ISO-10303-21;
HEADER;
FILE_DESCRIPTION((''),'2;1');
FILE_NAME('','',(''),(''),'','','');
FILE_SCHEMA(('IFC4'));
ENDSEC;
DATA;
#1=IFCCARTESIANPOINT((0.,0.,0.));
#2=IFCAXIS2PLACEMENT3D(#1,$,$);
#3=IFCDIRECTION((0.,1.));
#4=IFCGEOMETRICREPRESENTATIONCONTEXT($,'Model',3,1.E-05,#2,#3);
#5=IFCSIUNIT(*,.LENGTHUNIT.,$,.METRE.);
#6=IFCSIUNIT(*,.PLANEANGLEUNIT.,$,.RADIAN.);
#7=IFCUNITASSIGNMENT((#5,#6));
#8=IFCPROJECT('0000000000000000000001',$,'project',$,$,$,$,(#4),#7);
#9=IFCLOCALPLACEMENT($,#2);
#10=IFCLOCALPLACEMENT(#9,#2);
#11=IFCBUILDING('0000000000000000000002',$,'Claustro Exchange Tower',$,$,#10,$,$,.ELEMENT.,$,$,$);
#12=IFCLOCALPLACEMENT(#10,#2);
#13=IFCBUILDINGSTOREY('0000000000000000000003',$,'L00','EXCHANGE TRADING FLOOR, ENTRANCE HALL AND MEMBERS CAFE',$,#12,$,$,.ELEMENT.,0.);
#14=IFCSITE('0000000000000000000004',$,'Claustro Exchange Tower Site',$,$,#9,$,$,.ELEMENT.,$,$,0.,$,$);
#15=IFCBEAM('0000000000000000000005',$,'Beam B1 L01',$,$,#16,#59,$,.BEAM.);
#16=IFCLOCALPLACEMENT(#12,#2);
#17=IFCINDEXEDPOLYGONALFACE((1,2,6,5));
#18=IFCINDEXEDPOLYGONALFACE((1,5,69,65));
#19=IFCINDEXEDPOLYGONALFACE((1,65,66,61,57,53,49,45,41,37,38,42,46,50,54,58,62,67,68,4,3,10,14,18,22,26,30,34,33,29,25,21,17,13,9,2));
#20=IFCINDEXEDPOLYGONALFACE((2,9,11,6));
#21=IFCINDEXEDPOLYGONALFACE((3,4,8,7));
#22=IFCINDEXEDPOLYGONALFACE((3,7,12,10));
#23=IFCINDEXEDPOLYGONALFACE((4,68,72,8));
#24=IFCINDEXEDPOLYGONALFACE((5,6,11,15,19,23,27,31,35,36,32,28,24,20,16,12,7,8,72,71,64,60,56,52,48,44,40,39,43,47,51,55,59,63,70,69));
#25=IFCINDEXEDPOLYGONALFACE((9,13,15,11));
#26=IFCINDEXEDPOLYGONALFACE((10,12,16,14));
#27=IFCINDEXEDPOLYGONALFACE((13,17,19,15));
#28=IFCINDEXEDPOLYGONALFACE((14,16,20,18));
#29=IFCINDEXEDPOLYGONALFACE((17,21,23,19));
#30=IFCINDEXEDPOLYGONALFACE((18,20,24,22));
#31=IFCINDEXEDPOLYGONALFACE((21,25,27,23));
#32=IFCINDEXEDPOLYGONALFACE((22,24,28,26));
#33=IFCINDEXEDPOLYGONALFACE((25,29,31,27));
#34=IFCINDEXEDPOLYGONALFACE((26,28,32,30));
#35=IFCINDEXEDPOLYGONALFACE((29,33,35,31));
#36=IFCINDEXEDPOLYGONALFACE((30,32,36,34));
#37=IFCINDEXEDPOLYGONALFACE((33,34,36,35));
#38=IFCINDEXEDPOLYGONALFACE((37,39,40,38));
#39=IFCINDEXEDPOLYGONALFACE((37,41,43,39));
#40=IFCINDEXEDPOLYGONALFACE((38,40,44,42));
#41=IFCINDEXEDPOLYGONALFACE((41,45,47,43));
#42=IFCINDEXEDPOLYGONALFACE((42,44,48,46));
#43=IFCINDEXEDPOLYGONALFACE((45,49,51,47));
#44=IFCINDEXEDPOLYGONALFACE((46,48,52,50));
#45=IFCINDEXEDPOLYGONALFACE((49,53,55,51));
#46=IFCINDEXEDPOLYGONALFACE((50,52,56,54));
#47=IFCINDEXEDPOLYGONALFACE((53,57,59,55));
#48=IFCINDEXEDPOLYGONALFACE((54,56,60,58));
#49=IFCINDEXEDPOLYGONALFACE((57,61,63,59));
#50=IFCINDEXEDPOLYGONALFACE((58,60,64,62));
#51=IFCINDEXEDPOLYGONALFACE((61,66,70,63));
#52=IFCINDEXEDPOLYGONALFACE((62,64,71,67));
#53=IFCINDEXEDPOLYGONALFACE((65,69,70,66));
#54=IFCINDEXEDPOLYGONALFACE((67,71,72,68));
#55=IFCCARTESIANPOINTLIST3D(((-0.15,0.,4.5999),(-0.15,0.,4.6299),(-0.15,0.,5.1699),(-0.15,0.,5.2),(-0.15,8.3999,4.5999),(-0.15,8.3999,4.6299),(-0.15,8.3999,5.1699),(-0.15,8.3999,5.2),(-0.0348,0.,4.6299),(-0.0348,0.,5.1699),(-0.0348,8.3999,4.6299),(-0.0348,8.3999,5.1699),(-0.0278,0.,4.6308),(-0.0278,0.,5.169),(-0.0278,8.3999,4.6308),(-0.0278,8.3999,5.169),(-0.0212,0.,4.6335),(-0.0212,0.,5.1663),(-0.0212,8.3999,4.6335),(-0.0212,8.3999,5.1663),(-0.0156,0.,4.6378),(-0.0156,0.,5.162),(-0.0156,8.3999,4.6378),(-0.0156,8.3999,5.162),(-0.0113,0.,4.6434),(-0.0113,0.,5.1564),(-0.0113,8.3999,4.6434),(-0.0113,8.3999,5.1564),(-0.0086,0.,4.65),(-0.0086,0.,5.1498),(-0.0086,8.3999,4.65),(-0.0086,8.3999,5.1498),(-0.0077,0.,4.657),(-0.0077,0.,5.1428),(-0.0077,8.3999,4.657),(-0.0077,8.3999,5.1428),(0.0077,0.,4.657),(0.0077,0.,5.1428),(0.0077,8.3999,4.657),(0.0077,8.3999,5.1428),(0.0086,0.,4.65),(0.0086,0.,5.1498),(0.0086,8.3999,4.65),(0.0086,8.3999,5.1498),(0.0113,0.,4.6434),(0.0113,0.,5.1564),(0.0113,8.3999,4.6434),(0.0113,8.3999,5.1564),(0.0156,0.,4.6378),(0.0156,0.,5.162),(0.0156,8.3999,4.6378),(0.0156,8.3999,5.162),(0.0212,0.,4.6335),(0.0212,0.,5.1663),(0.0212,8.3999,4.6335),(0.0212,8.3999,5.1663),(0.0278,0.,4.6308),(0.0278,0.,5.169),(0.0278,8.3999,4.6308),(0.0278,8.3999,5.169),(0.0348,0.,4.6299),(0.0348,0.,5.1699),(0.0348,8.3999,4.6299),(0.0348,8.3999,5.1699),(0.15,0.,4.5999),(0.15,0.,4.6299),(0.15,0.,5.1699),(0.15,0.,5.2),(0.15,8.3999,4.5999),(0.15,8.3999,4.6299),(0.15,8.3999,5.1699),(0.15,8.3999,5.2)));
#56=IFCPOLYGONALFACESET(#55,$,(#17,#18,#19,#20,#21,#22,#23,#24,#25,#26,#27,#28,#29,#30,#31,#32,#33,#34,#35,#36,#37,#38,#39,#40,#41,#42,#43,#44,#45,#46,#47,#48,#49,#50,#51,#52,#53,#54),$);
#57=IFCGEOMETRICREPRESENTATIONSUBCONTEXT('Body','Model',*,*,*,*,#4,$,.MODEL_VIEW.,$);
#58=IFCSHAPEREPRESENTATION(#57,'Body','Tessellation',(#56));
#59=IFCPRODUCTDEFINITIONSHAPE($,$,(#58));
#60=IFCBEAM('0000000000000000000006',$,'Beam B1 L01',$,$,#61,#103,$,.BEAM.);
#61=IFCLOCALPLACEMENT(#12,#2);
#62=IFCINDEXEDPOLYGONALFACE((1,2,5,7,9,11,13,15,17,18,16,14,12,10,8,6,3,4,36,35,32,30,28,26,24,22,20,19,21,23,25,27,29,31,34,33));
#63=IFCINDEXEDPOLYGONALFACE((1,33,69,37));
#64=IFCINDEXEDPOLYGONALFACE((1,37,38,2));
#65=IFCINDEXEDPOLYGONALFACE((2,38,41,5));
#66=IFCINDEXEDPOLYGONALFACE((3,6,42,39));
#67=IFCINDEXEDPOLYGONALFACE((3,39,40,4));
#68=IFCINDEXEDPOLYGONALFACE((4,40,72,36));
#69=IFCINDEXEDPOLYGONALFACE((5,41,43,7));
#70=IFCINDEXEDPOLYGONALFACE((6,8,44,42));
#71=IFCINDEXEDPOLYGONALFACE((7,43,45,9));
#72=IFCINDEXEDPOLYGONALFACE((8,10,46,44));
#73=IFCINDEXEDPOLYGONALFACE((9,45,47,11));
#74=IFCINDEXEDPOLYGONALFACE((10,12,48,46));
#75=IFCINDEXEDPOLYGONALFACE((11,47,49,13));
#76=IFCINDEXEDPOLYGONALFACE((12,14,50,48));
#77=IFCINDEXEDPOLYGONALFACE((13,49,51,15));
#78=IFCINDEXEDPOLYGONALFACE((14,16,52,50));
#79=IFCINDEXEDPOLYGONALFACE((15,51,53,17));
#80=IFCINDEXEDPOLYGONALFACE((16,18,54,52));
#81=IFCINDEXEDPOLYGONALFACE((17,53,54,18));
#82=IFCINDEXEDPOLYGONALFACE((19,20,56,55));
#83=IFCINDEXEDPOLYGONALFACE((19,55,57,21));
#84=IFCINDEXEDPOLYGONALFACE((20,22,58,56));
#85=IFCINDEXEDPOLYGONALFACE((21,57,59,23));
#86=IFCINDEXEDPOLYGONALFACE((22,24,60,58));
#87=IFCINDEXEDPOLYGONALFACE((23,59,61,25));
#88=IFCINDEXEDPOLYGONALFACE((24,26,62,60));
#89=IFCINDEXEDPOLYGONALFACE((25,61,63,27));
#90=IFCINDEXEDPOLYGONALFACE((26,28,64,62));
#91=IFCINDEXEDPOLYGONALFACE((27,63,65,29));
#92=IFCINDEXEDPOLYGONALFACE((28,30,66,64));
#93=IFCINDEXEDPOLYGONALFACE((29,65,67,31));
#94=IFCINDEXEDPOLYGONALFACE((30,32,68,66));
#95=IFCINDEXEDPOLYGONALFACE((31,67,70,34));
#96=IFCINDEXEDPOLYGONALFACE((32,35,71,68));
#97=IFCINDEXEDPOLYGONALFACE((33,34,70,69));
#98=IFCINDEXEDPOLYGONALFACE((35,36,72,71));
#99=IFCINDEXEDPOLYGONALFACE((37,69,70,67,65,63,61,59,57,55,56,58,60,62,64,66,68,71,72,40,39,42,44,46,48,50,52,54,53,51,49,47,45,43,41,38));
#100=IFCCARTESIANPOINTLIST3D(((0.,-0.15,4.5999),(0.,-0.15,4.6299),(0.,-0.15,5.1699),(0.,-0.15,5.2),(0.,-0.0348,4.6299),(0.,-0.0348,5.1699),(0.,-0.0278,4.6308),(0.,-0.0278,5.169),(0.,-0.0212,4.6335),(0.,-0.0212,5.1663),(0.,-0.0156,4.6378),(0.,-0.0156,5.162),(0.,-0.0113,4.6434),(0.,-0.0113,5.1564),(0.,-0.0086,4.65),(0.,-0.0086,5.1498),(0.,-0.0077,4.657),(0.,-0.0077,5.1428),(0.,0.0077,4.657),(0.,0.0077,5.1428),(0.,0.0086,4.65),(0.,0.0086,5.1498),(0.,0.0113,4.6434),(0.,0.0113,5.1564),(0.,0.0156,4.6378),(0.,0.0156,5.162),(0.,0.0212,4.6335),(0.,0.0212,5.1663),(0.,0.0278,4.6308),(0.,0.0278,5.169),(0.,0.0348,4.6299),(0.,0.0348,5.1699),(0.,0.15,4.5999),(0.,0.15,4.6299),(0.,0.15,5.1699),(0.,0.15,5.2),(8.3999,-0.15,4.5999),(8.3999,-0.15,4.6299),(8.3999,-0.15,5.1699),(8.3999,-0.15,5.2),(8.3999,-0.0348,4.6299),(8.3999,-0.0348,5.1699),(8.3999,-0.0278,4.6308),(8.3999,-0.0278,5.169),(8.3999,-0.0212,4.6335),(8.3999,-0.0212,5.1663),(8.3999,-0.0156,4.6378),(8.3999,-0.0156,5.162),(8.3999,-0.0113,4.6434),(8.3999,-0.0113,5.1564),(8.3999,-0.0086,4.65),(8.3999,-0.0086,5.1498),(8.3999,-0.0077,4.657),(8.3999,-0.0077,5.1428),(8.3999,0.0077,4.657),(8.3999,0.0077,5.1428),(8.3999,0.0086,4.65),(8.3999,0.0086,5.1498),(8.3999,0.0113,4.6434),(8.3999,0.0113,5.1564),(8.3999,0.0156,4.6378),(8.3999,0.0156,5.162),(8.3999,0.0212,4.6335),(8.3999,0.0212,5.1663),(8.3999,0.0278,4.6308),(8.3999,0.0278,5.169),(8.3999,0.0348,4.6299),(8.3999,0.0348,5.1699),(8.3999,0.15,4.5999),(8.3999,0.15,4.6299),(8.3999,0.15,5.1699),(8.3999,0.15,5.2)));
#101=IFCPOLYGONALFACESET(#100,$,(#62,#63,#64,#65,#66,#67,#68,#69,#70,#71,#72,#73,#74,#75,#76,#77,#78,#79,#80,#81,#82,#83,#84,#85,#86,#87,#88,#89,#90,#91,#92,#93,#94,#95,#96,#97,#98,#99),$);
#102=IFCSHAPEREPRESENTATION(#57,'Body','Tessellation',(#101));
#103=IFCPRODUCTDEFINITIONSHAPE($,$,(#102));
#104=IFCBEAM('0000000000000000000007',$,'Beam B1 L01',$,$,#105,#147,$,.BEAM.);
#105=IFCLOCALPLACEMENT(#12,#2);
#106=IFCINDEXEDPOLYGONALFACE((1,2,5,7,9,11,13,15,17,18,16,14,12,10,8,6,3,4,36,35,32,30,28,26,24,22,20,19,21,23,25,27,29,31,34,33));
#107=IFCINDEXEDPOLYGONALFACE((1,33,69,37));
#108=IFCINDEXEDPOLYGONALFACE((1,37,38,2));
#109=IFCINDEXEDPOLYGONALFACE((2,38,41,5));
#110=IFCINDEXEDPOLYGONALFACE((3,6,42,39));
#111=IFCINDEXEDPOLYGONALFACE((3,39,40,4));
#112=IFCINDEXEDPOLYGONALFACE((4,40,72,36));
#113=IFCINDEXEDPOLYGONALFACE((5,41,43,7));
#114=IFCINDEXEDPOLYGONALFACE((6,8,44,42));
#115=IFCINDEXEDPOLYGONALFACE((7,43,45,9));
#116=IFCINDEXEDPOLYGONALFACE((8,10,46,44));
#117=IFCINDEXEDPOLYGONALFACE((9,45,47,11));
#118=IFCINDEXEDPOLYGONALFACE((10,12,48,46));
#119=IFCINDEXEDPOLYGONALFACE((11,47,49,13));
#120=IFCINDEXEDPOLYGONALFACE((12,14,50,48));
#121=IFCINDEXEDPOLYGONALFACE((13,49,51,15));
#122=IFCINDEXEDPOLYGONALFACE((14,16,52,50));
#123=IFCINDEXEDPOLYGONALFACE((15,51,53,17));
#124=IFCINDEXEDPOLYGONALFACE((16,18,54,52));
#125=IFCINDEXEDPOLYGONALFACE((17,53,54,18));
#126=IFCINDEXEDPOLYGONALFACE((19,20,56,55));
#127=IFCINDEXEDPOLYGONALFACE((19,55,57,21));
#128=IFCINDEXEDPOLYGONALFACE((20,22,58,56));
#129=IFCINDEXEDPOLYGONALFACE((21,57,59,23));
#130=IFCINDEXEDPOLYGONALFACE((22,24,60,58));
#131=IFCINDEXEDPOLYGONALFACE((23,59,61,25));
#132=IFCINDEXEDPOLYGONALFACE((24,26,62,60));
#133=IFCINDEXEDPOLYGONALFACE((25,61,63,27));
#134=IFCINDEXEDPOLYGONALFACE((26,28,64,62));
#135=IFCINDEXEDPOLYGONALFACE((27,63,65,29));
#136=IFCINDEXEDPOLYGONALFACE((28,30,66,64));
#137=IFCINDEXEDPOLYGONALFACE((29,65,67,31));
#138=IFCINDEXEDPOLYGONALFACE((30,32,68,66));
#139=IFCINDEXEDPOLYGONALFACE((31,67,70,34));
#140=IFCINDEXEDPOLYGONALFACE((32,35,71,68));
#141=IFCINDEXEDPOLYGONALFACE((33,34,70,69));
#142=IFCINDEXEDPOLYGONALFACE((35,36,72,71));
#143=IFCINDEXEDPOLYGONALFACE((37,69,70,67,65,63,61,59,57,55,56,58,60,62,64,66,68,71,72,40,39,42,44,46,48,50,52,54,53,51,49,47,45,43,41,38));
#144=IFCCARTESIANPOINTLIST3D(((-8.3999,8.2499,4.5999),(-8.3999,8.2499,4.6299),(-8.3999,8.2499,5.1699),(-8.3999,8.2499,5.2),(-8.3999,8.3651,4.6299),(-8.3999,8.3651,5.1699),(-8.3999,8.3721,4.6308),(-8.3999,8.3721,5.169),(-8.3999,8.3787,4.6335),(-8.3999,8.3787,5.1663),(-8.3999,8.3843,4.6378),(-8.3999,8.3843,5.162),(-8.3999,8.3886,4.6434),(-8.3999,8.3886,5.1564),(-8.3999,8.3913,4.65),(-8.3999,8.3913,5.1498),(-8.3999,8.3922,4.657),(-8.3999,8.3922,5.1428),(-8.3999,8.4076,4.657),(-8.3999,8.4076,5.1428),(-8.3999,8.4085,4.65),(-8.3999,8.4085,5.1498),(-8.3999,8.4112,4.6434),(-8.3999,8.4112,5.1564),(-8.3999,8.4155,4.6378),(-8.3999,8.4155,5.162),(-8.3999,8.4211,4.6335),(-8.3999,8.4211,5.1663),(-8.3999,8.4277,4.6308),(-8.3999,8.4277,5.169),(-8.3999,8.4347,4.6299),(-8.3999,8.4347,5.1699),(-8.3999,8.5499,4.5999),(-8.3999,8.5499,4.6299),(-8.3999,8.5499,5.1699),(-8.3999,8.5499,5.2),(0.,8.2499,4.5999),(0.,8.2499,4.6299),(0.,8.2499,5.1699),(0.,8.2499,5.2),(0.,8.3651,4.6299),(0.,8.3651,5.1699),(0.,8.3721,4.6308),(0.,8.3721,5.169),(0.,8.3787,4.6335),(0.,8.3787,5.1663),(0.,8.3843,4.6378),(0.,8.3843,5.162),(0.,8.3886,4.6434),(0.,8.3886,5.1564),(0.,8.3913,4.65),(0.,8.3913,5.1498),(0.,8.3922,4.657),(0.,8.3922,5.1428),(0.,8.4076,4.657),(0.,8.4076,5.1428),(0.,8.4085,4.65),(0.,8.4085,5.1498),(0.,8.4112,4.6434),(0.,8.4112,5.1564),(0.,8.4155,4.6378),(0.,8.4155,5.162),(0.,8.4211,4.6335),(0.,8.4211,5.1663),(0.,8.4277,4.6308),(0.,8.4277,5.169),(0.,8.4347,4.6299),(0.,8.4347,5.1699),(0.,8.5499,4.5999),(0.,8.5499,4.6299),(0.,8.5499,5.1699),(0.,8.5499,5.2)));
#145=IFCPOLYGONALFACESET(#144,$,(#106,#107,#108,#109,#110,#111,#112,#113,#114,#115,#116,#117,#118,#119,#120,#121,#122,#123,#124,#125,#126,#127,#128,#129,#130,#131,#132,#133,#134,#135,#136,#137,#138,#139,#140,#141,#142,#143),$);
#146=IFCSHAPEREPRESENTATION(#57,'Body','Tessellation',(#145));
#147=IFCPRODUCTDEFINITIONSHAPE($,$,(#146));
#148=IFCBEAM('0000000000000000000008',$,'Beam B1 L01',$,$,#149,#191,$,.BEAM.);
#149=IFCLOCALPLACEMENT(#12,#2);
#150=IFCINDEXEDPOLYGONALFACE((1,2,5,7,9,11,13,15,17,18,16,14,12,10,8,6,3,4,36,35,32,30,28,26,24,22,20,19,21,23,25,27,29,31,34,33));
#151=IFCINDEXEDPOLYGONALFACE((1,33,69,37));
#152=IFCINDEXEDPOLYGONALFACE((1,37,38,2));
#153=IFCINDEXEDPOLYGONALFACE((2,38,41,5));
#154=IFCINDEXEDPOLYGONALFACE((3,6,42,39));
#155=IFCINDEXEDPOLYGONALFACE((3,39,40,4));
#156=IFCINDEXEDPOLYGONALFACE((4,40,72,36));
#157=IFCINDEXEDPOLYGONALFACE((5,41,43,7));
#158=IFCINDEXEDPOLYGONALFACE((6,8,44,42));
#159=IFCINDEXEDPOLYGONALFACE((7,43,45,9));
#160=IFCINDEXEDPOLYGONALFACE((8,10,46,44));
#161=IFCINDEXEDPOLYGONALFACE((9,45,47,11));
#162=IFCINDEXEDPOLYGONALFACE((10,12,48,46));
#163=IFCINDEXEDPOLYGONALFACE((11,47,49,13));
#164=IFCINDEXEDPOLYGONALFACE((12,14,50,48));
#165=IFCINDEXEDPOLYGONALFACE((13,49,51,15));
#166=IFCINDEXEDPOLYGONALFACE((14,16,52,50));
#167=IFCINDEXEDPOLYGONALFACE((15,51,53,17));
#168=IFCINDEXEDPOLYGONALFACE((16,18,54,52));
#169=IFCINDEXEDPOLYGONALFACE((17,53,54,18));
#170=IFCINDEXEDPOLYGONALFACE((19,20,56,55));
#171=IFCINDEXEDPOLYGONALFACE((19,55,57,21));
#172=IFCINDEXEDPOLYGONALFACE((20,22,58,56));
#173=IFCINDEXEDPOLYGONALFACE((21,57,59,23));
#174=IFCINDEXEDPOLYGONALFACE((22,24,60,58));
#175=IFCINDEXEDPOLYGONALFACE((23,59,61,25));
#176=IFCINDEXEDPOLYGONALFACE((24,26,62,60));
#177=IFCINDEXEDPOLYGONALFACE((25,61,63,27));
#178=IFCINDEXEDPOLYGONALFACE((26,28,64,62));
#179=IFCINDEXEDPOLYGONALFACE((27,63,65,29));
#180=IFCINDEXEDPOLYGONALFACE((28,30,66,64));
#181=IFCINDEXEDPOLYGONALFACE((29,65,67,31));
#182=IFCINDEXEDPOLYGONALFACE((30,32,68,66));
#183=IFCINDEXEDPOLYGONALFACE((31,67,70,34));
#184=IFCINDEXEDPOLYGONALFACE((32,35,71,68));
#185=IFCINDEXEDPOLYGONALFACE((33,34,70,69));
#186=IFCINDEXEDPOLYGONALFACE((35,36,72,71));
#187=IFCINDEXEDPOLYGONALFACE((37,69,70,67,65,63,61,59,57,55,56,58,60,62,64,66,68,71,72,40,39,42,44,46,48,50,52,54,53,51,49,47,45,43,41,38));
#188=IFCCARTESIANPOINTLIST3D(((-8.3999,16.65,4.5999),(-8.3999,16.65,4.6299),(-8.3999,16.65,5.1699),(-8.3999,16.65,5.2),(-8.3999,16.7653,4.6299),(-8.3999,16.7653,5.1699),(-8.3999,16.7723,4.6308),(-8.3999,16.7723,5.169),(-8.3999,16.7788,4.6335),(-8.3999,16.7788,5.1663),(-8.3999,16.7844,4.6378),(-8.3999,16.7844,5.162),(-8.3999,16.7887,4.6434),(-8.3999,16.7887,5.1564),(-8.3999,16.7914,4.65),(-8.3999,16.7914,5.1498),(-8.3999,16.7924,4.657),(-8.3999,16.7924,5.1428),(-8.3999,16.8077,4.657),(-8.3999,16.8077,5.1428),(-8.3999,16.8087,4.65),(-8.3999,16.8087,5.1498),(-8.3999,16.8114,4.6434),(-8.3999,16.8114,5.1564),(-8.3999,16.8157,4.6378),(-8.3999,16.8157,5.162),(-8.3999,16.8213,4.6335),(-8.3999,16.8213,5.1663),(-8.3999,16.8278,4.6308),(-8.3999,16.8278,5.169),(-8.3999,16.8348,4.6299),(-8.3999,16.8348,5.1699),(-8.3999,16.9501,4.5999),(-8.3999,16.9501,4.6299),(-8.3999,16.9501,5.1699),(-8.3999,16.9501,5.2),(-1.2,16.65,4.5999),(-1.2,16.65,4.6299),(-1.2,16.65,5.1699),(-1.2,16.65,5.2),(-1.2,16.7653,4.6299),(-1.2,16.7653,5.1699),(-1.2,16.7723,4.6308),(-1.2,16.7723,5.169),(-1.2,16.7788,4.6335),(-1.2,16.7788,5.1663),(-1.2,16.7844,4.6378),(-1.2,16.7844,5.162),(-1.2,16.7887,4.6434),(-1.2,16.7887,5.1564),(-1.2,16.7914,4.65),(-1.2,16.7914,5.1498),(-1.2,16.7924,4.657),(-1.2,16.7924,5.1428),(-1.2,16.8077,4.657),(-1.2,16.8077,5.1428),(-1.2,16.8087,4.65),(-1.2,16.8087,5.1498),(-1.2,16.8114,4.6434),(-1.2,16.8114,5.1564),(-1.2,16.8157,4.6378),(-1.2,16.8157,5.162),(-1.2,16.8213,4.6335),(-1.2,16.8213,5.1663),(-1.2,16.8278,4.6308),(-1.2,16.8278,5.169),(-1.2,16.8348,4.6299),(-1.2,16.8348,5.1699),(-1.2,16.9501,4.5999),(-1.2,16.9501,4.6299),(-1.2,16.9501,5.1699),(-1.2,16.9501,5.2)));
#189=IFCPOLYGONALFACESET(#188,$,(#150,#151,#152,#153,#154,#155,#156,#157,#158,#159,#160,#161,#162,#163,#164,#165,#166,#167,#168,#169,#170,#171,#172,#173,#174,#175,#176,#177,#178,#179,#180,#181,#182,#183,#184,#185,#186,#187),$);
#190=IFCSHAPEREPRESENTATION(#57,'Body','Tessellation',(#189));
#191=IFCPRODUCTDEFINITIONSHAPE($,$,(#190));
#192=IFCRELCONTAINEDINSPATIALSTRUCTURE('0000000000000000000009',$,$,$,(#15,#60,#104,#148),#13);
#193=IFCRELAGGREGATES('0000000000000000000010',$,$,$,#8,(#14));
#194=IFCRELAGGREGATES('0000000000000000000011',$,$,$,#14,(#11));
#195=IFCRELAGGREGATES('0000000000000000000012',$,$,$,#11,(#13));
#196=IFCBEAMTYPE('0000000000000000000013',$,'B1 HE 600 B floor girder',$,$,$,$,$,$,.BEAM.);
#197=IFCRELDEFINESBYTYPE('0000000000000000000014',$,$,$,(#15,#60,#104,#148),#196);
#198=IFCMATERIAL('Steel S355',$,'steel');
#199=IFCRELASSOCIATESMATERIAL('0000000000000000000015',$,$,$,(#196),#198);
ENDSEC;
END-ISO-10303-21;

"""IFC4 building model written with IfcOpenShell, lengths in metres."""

from ifc_helpers import new_model, si_unit, direction, frame, origin, origin_2d, place, context, subcontext, project, spatial, i_section, extrude, material, material_profile, profile_set, type_object, element, save


model = new_model("IFC4")

# Units and contexts
model_context = context("Model", 3, precision=1e-05, world=origin(), true_north=direction((0.0, 1.0)))
body_context = subcontext(model_context, "Body", "Model", "MODEL_VIEW")
ifc_project = project(units=[si_unit("LENGTHUNIT", "METRE"), si_unit("PLANEANGLEUNIT", "RADIAN")], contexts=[model_context])

# Site, building, storey
site_placement = place(None, origin())
site = spatial("IfcSite", under=ifc_project, at=site_placement, Name="Claustro Exchange Tower Site", CompositionType="ELEMENT", RefElevation=0.0)
building_placement = place(site_placement, origin())
building = spatial("IfcBuilding", under=site, at=building_placement, Name="Claustro Exchange Tower", CompositionType="ELEMENT")
storey_placement = place(building_placement, origin())
storey = spatial("IfcBuildingStorey", under=building, at=storey_placement, Name="L00", Description="EXCHANGE TRADING FLOOR, ENTRANCE HALL AND MEMBERS CAFE", CompositionType="ELEMENT", Elevation=0.0)

# Beams
ifc_material_1 = material(Name="Steel S355", Category="steel")
ifc_material_profile_1 = material_profile(ifc_material_1, i_section(OverallWidth=0.3, OverallDepth=0.6001, WebThickness=0.0154, FlangeThickness=0.03, FilletRadius=0.0271, at=origin_2d()), Name="HE 600 B")
ifc_profile_set_1 = profile_set([ifc_material_profile_1], Name="Steel S355")
beam_type_1 = type_object("IfcBeamType", Name="B1 HE 600 B floor girder", PredefinedType="BEAM", material=ifc_profile_set_1)
for number, where, z_axis, x_axis, name in (
    (1, (0.0, 0.0, 4.8999), (0.0, 1.0, 0.0), (-1.0, 0.0, 0.0), "Beam B1 L01"),
    (2, (0.0, 0.0, 4.8999), (1.0, 0.0, 0.0), (0.0, 1.0, 0.0), "Beam B1 L01"),
    (3, (-8.3999, 8.3999, 4.8999), (1.0, 0.0, 0.0), (0.0, 1.0, 0.0), "Beam B1 L01"),
):
    element("IfcBeam", number, at=place(storey_placement, frame(where, z_axis=z_axis, x_axis=x_axis)), inside=storey, type_object=beam_type_1, Name=name, PredefinedType="BEAM", context=body_context, shape_type="SweptSolid", body=[
        extrude(i_section(OverallWidth=0.3, OverallDepth=0.6001, WebThickness=0.0154, FlangeThickness=0.03, FilletRadius=0.0271, at=origin_2d()), origin(), (0.0, 0.0, 1.0), 8.3999),
    ])
for number, where, z_axis, x_axis, name in (
    (4, (-8.3999, 16.8, 4.8999), (1.0, 0.0, 0.0), (0.0, 1.0, 0.0), "Beam B1 L01"),
):
    element("IfcBeam", number, at=place(storey_placement, frame(where, z_axis=z_axis, x_axis=x_axis)), inside=storey, type_object=beam_type_1, Name=name, PredefinedType="BEAM", context=body_context, shape_type="SweptSolid", body=[
        extrude(i_section(OverallWidth=0.3, OverallDepth=0.6001, WebThickness=0.0154, FlangeThickness=0.03, FilletRadius=0.0271, at=origin_2d()), origin(), (0.0, 0.0, 1.0), 7.2),
    ])

save(model, "model.ifc")
